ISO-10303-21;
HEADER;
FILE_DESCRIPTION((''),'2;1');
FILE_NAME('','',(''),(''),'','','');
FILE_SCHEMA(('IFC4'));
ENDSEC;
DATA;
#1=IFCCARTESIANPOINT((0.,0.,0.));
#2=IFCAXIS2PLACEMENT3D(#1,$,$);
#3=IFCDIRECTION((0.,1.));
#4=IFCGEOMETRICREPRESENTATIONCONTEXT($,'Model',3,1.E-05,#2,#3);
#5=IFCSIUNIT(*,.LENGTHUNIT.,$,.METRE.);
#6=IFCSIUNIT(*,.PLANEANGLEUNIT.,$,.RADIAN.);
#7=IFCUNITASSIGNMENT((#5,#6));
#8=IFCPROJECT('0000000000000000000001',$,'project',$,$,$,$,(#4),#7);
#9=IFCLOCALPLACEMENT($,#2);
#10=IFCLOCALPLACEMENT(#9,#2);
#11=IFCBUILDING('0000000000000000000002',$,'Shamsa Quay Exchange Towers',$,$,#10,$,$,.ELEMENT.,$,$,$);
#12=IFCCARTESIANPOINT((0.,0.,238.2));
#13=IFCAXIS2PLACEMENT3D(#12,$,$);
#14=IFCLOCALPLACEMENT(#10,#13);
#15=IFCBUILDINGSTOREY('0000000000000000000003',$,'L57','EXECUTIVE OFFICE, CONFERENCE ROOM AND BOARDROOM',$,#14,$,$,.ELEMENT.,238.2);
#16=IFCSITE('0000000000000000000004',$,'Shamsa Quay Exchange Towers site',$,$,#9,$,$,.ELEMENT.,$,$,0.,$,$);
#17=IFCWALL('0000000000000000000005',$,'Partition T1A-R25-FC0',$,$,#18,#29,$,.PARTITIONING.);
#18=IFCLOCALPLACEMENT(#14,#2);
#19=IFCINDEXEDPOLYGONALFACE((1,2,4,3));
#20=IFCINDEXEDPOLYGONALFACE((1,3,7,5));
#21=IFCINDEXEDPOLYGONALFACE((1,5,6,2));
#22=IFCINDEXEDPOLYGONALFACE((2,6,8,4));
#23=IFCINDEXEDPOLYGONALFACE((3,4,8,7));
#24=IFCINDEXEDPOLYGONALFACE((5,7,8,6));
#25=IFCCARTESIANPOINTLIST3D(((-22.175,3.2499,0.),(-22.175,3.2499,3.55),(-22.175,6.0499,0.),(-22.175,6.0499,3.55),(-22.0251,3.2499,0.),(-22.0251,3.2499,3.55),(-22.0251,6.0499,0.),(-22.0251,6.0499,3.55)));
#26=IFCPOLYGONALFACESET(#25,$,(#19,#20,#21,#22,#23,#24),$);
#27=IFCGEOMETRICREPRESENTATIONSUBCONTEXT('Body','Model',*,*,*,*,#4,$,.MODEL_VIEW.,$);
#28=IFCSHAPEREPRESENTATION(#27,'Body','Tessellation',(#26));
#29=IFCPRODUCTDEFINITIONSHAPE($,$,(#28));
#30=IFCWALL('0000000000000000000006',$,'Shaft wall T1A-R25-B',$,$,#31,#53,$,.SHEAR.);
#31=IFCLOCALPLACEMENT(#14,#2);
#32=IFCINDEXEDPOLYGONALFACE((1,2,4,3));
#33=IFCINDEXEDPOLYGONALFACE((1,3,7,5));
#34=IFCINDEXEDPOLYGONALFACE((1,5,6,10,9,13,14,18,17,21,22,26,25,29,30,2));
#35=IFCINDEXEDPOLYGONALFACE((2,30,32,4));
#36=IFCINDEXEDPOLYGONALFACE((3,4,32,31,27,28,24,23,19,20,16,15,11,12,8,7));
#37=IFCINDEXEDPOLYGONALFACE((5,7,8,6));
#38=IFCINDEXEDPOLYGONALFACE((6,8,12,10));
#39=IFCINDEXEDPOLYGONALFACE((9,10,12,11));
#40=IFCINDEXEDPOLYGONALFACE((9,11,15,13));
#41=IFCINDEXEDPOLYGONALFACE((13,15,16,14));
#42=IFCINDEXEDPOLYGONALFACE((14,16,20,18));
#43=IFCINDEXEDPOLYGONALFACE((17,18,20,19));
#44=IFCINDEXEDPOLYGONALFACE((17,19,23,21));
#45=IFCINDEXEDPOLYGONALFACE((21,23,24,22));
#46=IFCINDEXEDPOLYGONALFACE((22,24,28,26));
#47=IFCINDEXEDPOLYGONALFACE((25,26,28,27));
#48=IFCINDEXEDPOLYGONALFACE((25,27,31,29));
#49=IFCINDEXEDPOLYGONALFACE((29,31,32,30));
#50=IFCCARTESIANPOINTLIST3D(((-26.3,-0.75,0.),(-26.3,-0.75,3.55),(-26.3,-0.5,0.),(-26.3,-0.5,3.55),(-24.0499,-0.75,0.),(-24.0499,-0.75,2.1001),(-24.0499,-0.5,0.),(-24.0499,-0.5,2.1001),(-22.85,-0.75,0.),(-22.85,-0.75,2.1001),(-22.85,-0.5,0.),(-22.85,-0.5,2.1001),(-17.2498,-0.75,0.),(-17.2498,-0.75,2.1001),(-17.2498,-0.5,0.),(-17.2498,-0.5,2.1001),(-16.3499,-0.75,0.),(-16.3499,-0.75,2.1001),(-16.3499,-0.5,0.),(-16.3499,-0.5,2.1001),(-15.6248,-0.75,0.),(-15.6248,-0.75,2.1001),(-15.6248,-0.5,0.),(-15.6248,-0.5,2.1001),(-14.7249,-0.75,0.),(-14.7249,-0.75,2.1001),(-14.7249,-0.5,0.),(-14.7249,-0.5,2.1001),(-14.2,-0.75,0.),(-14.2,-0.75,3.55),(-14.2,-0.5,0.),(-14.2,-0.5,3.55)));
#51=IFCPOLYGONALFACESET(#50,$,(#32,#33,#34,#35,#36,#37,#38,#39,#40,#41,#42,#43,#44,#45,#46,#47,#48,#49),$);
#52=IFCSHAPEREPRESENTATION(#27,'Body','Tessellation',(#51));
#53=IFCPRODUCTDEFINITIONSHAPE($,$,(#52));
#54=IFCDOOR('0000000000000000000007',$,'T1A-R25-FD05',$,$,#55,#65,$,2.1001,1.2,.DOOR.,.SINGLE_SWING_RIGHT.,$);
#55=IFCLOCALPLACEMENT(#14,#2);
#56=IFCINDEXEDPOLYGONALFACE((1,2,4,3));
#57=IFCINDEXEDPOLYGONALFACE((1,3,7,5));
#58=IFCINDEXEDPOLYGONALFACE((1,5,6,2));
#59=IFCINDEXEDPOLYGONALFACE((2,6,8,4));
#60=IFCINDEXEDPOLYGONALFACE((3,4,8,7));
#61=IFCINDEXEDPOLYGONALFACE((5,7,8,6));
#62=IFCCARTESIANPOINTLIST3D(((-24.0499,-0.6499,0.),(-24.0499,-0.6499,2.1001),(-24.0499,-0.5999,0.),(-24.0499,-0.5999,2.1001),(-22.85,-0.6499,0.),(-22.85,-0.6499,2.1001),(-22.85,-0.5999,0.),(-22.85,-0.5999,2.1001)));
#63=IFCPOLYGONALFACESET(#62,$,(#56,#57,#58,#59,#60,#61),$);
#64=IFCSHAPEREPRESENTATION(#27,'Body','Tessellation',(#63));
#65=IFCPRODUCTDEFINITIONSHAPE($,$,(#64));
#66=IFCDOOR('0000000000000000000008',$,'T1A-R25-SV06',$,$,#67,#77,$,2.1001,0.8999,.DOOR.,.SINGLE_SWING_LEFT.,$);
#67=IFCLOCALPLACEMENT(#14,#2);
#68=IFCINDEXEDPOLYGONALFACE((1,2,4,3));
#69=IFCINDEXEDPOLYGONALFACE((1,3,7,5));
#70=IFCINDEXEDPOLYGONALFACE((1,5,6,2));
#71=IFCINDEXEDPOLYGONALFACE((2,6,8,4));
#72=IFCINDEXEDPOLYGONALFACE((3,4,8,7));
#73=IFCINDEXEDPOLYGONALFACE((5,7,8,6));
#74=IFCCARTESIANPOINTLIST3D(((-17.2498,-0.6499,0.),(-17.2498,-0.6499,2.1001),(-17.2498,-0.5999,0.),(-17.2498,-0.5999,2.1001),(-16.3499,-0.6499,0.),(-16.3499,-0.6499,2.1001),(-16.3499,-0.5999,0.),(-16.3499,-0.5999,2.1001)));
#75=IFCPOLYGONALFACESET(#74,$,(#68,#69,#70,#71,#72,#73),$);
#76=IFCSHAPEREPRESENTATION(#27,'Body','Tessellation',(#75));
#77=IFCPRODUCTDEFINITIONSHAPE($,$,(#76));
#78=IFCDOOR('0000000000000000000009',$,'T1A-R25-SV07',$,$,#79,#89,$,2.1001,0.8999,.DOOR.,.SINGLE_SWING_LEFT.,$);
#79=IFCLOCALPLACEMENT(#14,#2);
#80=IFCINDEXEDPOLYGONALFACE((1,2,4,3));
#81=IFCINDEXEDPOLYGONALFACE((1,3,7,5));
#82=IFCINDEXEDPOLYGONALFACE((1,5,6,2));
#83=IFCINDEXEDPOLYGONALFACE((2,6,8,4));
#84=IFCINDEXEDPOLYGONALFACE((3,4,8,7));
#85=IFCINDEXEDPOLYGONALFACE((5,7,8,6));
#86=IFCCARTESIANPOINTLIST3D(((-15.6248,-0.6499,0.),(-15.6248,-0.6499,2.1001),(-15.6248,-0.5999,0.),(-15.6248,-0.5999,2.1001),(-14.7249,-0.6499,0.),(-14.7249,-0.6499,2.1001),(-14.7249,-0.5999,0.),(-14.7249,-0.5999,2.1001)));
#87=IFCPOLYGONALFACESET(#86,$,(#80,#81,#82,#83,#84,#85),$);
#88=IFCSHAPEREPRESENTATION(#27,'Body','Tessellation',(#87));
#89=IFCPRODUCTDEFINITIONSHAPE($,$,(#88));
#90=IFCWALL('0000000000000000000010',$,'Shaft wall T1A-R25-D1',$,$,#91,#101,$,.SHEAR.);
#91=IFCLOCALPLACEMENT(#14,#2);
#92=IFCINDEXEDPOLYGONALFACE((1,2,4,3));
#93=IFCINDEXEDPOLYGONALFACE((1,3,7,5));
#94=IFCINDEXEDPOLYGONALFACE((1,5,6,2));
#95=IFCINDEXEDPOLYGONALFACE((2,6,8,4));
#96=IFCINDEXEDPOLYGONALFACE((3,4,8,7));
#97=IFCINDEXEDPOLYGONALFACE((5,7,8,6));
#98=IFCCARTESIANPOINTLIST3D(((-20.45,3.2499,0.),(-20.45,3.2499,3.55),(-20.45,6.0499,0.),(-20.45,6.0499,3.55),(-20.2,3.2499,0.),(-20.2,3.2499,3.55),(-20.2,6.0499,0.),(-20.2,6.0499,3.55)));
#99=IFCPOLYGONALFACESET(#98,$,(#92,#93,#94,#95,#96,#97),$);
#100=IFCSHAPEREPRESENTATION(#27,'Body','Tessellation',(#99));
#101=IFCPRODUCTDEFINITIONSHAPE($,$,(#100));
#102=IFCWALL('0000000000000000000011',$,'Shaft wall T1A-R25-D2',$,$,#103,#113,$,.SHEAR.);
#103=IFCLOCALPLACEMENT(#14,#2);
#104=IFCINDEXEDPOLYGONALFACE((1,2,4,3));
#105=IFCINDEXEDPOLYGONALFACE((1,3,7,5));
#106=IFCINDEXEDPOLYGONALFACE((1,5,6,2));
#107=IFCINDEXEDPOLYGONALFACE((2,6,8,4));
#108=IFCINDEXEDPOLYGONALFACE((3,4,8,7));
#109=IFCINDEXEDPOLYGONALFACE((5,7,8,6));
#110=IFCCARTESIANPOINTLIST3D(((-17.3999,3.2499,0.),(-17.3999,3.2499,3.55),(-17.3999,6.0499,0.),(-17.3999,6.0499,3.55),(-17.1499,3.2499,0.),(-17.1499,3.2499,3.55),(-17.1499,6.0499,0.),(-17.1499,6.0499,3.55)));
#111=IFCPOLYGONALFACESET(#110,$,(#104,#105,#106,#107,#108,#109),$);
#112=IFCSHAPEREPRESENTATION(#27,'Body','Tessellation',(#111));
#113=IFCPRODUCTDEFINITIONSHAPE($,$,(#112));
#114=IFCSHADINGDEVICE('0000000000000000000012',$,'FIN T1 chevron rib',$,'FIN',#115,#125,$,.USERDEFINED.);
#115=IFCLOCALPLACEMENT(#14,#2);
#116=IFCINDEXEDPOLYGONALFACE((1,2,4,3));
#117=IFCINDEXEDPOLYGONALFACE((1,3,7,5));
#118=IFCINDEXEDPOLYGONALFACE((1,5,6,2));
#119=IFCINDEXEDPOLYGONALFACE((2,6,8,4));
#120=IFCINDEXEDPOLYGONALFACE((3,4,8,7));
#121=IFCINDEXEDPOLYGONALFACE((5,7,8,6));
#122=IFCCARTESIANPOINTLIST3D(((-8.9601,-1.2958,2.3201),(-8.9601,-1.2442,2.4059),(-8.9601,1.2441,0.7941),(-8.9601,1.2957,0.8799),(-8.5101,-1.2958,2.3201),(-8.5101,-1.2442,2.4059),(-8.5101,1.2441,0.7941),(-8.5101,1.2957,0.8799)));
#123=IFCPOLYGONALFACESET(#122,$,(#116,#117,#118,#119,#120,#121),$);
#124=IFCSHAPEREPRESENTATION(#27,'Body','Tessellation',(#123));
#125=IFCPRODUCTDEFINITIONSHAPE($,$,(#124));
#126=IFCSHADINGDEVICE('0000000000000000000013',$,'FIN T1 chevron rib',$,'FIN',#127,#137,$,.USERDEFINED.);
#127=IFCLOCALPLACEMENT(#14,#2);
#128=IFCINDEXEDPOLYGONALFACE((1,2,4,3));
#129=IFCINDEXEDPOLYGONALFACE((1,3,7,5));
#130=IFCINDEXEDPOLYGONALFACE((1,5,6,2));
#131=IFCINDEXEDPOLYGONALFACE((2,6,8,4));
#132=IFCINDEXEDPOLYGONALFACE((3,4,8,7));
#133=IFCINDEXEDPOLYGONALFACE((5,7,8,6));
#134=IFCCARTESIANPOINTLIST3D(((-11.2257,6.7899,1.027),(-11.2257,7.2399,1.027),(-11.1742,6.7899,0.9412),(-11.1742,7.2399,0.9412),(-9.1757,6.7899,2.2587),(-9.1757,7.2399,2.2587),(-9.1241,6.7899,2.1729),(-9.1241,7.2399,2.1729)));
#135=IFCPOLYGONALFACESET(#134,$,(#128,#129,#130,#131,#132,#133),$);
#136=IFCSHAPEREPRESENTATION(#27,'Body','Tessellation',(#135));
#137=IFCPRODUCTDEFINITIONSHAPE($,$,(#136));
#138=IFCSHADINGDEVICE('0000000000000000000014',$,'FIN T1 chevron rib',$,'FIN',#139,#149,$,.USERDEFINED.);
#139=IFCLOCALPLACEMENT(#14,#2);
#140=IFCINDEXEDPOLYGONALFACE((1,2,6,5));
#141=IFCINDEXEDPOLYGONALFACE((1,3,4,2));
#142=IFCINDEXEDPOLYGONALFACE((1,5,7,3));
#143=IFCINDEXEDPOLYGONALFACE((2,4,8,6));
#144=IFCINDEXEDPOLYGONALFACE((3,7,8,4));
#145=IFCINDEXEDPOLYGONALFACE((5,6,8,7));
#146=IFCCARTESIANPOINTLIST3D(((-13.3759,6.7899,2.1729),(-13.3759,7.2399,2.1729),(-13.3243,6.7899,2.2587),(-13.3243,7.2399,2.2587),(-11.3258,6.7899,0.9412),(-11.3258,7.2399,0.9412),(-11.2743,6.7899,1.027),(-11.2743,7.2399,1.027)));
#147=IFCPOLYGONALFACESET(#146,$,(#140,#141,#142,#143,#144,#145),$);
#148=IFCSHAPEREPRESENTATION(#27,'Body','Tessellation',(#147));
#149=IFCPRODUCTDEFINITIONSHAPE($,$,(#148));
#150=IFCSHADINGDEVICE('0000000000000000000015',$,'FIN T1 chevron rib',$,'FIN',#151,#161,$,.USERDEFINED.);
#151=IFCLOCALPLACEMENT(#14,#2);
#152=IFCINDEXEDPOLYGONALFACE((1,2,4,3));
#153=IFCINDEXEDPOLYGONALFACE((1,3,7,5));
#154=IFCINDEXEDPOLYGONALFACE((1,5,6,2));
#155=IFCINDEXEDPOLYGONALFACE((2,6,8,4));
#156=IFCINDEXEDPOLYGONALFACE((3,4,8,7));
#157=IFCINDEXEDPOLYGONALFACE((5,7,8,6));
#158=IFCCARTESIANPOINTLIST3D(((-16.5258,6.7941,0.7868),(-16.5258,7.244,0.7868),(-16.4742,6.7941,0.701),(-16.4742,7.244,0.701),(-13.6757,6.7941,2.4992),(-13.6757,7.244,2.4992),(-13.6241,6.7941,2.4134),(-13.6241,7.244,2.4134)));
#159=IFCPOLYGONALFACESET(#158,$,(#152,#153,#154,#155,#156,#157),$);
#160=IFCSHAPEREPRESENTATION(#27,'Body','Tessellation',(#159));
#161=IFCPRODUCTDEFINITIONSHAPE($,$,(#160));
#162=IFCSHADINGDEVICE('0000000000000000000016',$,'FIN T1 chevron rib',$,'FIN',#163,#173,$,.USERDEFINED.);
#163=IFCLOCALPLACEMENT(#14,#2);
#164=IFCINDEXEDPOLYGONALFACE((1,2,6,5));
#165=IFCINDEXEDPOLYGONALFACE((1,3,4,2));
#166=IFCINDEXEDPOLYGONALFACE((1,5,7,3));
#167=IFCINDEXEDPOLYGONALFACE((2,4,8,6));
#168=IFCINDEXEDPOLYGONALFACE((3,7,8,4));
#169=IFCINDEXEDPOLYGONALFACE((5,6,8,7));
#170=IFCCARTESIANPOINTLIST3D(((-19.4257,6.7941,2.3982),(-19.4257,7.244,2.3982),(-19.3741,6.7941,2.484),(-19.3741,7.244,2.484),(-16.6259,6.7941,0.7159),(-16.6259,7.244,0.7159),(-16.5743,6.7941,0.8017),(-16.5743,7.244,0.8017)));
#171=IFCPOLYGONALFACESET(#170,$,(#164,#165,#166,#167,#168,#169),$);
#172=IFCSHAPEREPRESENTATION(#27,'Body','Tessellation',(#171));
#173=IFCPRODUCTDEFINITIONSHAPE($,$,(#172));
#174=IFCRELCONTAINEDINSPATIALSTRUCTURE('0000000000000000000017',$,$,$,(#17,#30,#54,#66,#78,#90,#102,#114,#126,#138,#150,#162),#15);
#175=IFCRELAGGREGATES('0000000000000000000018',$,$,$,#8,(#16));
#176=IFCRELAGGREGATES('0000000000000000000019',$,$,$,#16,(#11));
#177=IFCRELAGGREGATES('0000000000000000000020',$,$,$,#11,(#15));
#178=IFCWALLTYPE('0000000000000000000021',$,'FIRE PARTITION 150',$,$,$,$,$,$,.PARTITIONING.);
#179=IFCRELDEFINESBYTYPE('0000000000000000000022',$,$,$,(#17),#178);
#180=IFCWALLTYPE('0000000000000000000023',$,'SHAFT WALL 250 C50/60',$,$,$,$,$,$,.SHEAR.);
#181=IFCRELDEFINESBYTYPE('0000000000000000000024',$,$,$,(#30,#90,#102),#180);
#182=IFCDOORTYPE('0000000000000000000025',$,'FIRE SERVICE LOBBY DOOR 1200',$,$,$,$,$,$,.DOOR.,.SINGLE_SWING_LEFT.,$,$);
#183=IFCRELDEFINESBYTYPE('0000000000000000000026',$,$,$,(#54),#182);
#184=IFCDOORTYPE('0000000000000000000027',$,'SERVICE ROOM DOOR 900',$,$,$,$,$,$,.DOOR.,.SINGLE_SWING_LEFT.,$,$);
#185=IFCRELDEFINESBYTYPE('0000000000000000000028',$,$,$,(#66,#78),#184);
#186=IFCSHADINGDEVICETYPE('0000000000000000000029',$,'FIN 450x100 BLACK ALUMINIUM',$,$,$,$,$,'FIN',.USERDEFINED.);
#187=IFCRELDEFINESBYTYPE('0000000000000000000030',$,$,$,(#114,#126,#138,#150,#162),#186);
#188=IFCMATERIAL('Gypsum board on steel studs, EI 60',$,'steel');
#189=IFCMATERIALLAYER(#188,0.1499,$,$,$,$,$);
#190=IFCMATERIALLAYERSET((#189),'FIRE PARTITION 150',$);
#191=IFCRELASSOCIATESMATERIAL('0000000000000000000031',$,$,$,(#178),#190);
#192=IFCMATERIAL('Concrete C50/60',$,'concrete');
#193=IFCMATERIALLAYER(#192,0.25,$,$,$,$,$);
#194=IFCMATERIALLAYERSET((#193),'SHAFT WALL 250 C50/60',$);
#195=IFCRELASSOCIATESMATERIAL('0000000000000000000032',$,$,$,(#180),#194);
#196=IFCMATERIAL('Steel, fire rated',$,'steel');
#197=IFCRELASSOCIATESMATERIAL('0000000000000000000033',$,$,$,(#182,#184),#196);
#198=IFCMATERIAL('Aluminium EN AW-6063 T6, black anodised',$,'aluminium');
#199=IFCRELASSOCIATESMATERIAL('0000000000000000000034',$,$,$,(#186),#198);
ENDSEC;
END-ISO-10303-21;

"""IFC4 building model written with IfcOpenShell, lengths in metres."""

from ifc_helpers import new_model, si_unit, direction, frame, frame_2d, origin, origin_2d, place, context, subcontext, project, spatial, rectangle, extrude, material, layer, layer_set, material_profile, profile_set, type_object, element, fill, save


model = new_model("IFC4")

# Units and contexts
model_context = context("Model", 3, precision=1e-05, world=origin(), true_north=direction((0.0, 1.0)))
body_context = subcontext(model_context, "Body", "Model", "MODEL_VIEW")
ifc_project = project(units=[si_unit("LENGTHUNIT", "METRE"), si_unit("PLANEANGLEUNIT", "RADIAN")], contexts=[model_context])

# Site, building, storey
site_placement = place(None, origin())
site = spatial("IfcSite", under=ifc_project, at=site_placement, Name="Shamsa Quay Exchange Towers site", CompositionType="ELEMENT", RefElevation=0.0)
building_placement = place(site_placement, origin())
building = spatial("IfcBuilding", under=site, at=building_placement, Name="Shamsa Quay Exchange Towers", CompositionType="ELEMENT")
storey_placement = place(building_placement, frame((0.0, 0.0, 238.2)))
storey = spatial("IfcBuildingStorey", under=building, at=storey_placement, Name="L57", Description="EXECUTIVE OFFICE, CONFERENCE ROOM AND BOARDROOM", CompositionType="ELEMENT", Elevation=238.2)

# Shared definitions
ifc_material_1 = material(Name="Aluminium EN AW-6063 T6, black anodised", Category="aluminium")

# Shared definitions
ifc_material_2 = material(Name="Steel, fire rated", Category="steel")

# Wall
ifc_material_3 = material(Name="Gypsum board on steel studs, EI 60", Category="steel")
ifc_layer_1 = layer(ifc_material_3, 0.1499)
ifc_layer_set_1 = layer_set([ifc_layer_1], Name="FIRE PARTITION 150")
wall_type_1 = type_object("IfcWallType", Name="FIRE PARTITION 150", PredefinedType="PARTITIONING", material=ifc_layer_set_1)
wall_1_placement = place(storey_placement, frame((-22.1001, 3.25, 0.0), z_axis=(0.0, 0.0, 1.0), x_axis=(0.0, 1.0, 0.0)))
element("IfcWall", 1, at=wall_1_placement, inside=storey, type_object=wall_type_1, Name="Partition T1A-R25-FC0", PredefinedType="PARTITIONING", context=body_context, shape_type="SweptSolid", body=[
    extrude(rectangle(XDim=2.8, YDim=0.1499, at=frame_2d((1.3999, 0.0))), origin(), (0.0, 0.0, 1.0), 3.55),
])

# Wall, openings, doors
ifc_material_4 = material(Name="Concrete C50/60", Category="concrete")
ifc_layer_2 = layer(ifc_material_4, 0.25)
ifc_layer_set_2 = layer_set([ifc_layer_2], Name="SHAFT WALL 250 C50/60")
wall_type_2 = type_object("IfcWallType", Name="SHAFT WALL 250 C50/60", PredefinedType="SHEAR", material=ifc_layer_set_2)
wall_2_placement = place(storey_placement, frame((-14.2, -0.625, 0.0), z_axis=(0.0, 0.0, 1.0), x_axis=(-1.0, 0.0, 0.0)))
wall_2 = element("IfcWall", 2, at=wall_2_placement, inside=storey, type_object=wall_type_2, Name="Shaft wall T1A-R25-B", PredefinedType="SHEAR", context=body_context, shape_type="SweptSolid", body=[
    extrude(rectangle(XDim=12.1001, YDim=0.25, at=frame_2d((6.05, 0.0))), origin(), (0.0, 0.0, 1.0), 3.55),
])
opening_1_placement = place(wall_2_placement, frame((8.6499, 0.0, 0.0)))
opening_1 = element("IfcOpeningElement", 3, at=opening_1_placement, cuts=wall_2, PredefinedType="OPENING", context=body_context, shape_type="SweptSolid", body=[
    extrude(rectangle(XDim=1.2, YDim=2.1001, at=frame_2d((0.6001, 1.05))), frame((0.0, 0.135, 0.0), z_axis=(0.0, -1.0, 0.0), x_axis=(1.0, 0.0, 0.0)), (0.0, 0.0, 1.0), 0.27),
])
opening_2_placement = place(wall_2_placement, frame((2.1499, 0.0, 0.0)))
opening_2 = element("IfcOpeningElement", 4, at=opening_2_placement, cuts=wall_2, PredefinedType="OPENING", context=body_context, shape_type="SweptSolid", body=[
    extrude(rectangle(XDim=0.8999, YDim=2.1001, at=frame_2d((0.45, 1.05))), frame((0.0, 0.135, 0.0), z_axis=(0.0, -1.0, 0.0), x_axis=(1.0, 0.0, 0.0)), (0.0, 0.0, 1.0), 0.27),
])
opening_3_placement = place(wall_2_placement, frame((0.5249, 0.0, 0.0)))
opening_3 = element("IfcOpeningElement", 5, at=opening_3_placement, cuts=wall_2, PredefinedType="OPENING", context=body_context, shape_type="SweptSolid", body=[
    extrude(rectangle(XDim=0.8999, YDim=2.1001, at=frame_2d((0.45, 1.05))), frame((0.0, 0.135, 0.0), z_axis=(0.0, -1.0, 0.0), x_axis=(1.0, 0.0, 0.0)), (0.0, 0.0, 1.0), 0.27),
])
door_type_1 = type_object("IfcDoorType", Name="FIRE SERVICE LOBBY DOOR 1200", OperationType="SINGLE_SWING_LEFT", PredefinedType="DOOR", material=ifc_material_2)
door_1_placement = place(opening_1_placement, origin())
door_1 = element("IfcDoor", 6, at=door_1_placement, inside=storey, type_object=door_type_1, Name="T1A-R25-FD05", OperationType="SINGLE_SWING_RIGHT", OverallHeight=2.1001, OverallWidth=1.2, PredefinedType="DOOR", context=body_context, shape_type="SweptSolid", body=[
    extrude(rectangle(XDim=1.2, YDim=2.1001, at=frame_2d((0.6001, 1.05))), frame((0.0, 0.0249, 0.0), z_axis=(0.0, -1.0, 0.0), x_axis=(1.0, 0.0, 0.0)), (0.0, 0.0, 1.0), 0.05),
])
fill(opening_1, door_1)
door_type_2 = type_object("IfcDoorType", Name="SERVICE ROOM DOOR 900", OperationType="SINGLE_SWING_LEFT", PredefinedType="DOOR", material=ifc_material_2)
door_2_placement = place(opening_2_placement, origin())
door_2 = element("IfcDoor", 7, at=door_2_placement, inside=storey, type_object=door_type_2, Name="T1A-R25-SV06", OperationType="SINGLE_SWING_LEFT", OverallHeight=2.1001, OverallWidth=0.8999, PredefinedType="DOOR", context=body_context, shape_type="SweptSolid", body=[
    extrude(rectangle(XDim=0.8999, YDim=2.1001, at=frame_2d((0.45, 1.05))), frame((0.0, 0.0249, 0.0), z_axis=(0.0, -1.0, 0.0), x_axis=(1.0, 0.0, 0.0)), (0.0, 0.0, 1.0), 0.05),
])
fill(opening_2, door_2)
door_3_placement = place(opening_3_placement, origin())
door_3 = element("IfcDoor", 8, at=door_3_placement, inside=storey, type_object=door_type_2, Name="T1A-R25-SV07", OperationType="SINGLE_SWING_LEFT", OverallHeight=2.1001, OverallWidth=0.8999, PredefinedType="DOOR", context=body_context, shape_type="SweptSolid", body=[
    extrude(rectangle(XDim=0.8999, YDim=2.1001, at=frame_2d((0.45, 1.05))), frame((0.0, 0.0249, 0.0), z_axis=(0.0, -1.0, 0.0), x_axis=(1.0, 0.0, 0.0)), (0.0, 0.0, 1.0), 0.05),
])
fill(opening_3, door_3)

# Walls
for number, where, z_axis, x_axis, name in (
    (9, (-20.325, 3.25, 0.0), (0.0, 0.0, 1.0), (0.0, 1.0, 0.0), "Shaft wall T1A-R25-D1"),
    (10, (-17.2749, 3.25, 0.0), (0.0, 0.0, 1.0), (0.0, 1.0, 0.0), "Shaft wall T1A-R25-D2"),
):
    element("IfcWall", number, at=place(storey_placement, frame(where, z_axis=z_axis, x_axis=x_axis)), inside=storey, type_object=wall_type_2, Name=name, PredefinedType="SHEAR", context=body_context, shape_type="SweptSolid", body=[
        extrude(rectangle(XDim=2.8, YDim=0.25, at=frame_2d((1.3999, 0.0))), origin(), (0.0, 0.0, 1.0), 3.55),
    ])

# Shading devices
ifc_material_profile_1 = material_profile(ifc_material_1, rectangle(XDim=0.45, YDim=0.1001, at=origin_2d()), Name="FIN450x100")
ifc_profile_set_1 = profile_set([ifc_material_profile_1], Name="Aluminium EN AW-6063 T6, black anodised")
shading_device_type = type_object("IfcShadingDeviceType", Name="FIN 450x100 BLACK ALUMINIUM", ElementType="FIN", PredefinedType="USERDEFINED", material=ifc_profile_set_1)
shading_device_1_placement = place(storey_placement, frame((-8.7351, -1.27, 2.363), z_axis=(0.0, 0.85718, -0.515017), x_axis=(-1.0, 0.0, 0.0)))
element("IfcShadingDevice", 11, at=shading_device_1_placement, inside=storey, type_object=shading_device_type, Name="FIN T1 chevron rib", ObjectType="FIN", PredefinedType="USERDEFINED", context=body_context, shape_type="SweptSolid", body=[
    extrude(rectangle(XDim=0.45, YDim=0.1001, at=origin_2d()), origin(), (0.0, 0.0, 1.0), 2.9631),
])
for number, where, z_axis, x_axis, name in (
    (12, (-9.1499, 7.0149, 2.2158), (-0.857187, 0.0, -0.515006), (0.0, -1.0, 0.0), "FIN T1 chevron rib"),
    (13, (-11.3, 7.0149, 0.9841), (-0.857187, 0.0, 0.515006), (0.0, -1.0, 0.0), "FIN T1 chevron rib"),
):
    element("IfcShadingDevice", number, at=place(storey_placement, frame(where, z_axis=z_axis, x_axis=x_axis)), inside=storey, type_object=shading_device_type, Name=name, ObjectType="FIN", PredefinedType="USERDEFINED", context=body_context, shape_type="SweptSolid", body=[
        extrude(rectangle(XDim=0.45, YDim=0.1001, at=origin_2d()), origin(), (0.0, 0.0, 1.0), 2.3916),
    ])
shading_device_2_placement = place(storey_placement, frame((-13.6499, 7.019, 2.4563), z_axis=(-0.857182, 0.0, -0.515014), x_axis=(0.0, -1.0, 0.0)))
element("IfcShadingDevice", 14, at=shading_device_2_placement, inside=storey, type_object=shading_device_type, Name="FIN T1 chevron rib", ObjectType="FIN", PredefinedType="USERDEFINED", context=body_context, shape_type="SweptSolid", body=[
    extrude(rectangle(XDim=0.45, YDim=0.1001, at=origin_2d()), origin(), (0.0, 0.0, 1.0), 3.325),
])
shading_device_3_placement = place(storey_placement, frame((-16.6001, 7.019, 0.7588), z_axis=(-0.857156, 0.0, 0.515056), x_axis=(0.0, -1.0, 0.0)))
element("IfcShadingDevice", 15, at=shading_device_3_placement, inside=storey, type_object=shading_device_type, Name="FIN T1 chevron rib", ObjectType="FIN", PredefinedType="USERDEFINED", context=body_context, shape_type="SweptSolid", body=[
    extrude(rectangle(XDim=0.45, YDim=0.1001, at=origin_2d()), origin(), (0.0, 0.0, 1.0), 3.2664),
])

save(model, "model.ifc")
